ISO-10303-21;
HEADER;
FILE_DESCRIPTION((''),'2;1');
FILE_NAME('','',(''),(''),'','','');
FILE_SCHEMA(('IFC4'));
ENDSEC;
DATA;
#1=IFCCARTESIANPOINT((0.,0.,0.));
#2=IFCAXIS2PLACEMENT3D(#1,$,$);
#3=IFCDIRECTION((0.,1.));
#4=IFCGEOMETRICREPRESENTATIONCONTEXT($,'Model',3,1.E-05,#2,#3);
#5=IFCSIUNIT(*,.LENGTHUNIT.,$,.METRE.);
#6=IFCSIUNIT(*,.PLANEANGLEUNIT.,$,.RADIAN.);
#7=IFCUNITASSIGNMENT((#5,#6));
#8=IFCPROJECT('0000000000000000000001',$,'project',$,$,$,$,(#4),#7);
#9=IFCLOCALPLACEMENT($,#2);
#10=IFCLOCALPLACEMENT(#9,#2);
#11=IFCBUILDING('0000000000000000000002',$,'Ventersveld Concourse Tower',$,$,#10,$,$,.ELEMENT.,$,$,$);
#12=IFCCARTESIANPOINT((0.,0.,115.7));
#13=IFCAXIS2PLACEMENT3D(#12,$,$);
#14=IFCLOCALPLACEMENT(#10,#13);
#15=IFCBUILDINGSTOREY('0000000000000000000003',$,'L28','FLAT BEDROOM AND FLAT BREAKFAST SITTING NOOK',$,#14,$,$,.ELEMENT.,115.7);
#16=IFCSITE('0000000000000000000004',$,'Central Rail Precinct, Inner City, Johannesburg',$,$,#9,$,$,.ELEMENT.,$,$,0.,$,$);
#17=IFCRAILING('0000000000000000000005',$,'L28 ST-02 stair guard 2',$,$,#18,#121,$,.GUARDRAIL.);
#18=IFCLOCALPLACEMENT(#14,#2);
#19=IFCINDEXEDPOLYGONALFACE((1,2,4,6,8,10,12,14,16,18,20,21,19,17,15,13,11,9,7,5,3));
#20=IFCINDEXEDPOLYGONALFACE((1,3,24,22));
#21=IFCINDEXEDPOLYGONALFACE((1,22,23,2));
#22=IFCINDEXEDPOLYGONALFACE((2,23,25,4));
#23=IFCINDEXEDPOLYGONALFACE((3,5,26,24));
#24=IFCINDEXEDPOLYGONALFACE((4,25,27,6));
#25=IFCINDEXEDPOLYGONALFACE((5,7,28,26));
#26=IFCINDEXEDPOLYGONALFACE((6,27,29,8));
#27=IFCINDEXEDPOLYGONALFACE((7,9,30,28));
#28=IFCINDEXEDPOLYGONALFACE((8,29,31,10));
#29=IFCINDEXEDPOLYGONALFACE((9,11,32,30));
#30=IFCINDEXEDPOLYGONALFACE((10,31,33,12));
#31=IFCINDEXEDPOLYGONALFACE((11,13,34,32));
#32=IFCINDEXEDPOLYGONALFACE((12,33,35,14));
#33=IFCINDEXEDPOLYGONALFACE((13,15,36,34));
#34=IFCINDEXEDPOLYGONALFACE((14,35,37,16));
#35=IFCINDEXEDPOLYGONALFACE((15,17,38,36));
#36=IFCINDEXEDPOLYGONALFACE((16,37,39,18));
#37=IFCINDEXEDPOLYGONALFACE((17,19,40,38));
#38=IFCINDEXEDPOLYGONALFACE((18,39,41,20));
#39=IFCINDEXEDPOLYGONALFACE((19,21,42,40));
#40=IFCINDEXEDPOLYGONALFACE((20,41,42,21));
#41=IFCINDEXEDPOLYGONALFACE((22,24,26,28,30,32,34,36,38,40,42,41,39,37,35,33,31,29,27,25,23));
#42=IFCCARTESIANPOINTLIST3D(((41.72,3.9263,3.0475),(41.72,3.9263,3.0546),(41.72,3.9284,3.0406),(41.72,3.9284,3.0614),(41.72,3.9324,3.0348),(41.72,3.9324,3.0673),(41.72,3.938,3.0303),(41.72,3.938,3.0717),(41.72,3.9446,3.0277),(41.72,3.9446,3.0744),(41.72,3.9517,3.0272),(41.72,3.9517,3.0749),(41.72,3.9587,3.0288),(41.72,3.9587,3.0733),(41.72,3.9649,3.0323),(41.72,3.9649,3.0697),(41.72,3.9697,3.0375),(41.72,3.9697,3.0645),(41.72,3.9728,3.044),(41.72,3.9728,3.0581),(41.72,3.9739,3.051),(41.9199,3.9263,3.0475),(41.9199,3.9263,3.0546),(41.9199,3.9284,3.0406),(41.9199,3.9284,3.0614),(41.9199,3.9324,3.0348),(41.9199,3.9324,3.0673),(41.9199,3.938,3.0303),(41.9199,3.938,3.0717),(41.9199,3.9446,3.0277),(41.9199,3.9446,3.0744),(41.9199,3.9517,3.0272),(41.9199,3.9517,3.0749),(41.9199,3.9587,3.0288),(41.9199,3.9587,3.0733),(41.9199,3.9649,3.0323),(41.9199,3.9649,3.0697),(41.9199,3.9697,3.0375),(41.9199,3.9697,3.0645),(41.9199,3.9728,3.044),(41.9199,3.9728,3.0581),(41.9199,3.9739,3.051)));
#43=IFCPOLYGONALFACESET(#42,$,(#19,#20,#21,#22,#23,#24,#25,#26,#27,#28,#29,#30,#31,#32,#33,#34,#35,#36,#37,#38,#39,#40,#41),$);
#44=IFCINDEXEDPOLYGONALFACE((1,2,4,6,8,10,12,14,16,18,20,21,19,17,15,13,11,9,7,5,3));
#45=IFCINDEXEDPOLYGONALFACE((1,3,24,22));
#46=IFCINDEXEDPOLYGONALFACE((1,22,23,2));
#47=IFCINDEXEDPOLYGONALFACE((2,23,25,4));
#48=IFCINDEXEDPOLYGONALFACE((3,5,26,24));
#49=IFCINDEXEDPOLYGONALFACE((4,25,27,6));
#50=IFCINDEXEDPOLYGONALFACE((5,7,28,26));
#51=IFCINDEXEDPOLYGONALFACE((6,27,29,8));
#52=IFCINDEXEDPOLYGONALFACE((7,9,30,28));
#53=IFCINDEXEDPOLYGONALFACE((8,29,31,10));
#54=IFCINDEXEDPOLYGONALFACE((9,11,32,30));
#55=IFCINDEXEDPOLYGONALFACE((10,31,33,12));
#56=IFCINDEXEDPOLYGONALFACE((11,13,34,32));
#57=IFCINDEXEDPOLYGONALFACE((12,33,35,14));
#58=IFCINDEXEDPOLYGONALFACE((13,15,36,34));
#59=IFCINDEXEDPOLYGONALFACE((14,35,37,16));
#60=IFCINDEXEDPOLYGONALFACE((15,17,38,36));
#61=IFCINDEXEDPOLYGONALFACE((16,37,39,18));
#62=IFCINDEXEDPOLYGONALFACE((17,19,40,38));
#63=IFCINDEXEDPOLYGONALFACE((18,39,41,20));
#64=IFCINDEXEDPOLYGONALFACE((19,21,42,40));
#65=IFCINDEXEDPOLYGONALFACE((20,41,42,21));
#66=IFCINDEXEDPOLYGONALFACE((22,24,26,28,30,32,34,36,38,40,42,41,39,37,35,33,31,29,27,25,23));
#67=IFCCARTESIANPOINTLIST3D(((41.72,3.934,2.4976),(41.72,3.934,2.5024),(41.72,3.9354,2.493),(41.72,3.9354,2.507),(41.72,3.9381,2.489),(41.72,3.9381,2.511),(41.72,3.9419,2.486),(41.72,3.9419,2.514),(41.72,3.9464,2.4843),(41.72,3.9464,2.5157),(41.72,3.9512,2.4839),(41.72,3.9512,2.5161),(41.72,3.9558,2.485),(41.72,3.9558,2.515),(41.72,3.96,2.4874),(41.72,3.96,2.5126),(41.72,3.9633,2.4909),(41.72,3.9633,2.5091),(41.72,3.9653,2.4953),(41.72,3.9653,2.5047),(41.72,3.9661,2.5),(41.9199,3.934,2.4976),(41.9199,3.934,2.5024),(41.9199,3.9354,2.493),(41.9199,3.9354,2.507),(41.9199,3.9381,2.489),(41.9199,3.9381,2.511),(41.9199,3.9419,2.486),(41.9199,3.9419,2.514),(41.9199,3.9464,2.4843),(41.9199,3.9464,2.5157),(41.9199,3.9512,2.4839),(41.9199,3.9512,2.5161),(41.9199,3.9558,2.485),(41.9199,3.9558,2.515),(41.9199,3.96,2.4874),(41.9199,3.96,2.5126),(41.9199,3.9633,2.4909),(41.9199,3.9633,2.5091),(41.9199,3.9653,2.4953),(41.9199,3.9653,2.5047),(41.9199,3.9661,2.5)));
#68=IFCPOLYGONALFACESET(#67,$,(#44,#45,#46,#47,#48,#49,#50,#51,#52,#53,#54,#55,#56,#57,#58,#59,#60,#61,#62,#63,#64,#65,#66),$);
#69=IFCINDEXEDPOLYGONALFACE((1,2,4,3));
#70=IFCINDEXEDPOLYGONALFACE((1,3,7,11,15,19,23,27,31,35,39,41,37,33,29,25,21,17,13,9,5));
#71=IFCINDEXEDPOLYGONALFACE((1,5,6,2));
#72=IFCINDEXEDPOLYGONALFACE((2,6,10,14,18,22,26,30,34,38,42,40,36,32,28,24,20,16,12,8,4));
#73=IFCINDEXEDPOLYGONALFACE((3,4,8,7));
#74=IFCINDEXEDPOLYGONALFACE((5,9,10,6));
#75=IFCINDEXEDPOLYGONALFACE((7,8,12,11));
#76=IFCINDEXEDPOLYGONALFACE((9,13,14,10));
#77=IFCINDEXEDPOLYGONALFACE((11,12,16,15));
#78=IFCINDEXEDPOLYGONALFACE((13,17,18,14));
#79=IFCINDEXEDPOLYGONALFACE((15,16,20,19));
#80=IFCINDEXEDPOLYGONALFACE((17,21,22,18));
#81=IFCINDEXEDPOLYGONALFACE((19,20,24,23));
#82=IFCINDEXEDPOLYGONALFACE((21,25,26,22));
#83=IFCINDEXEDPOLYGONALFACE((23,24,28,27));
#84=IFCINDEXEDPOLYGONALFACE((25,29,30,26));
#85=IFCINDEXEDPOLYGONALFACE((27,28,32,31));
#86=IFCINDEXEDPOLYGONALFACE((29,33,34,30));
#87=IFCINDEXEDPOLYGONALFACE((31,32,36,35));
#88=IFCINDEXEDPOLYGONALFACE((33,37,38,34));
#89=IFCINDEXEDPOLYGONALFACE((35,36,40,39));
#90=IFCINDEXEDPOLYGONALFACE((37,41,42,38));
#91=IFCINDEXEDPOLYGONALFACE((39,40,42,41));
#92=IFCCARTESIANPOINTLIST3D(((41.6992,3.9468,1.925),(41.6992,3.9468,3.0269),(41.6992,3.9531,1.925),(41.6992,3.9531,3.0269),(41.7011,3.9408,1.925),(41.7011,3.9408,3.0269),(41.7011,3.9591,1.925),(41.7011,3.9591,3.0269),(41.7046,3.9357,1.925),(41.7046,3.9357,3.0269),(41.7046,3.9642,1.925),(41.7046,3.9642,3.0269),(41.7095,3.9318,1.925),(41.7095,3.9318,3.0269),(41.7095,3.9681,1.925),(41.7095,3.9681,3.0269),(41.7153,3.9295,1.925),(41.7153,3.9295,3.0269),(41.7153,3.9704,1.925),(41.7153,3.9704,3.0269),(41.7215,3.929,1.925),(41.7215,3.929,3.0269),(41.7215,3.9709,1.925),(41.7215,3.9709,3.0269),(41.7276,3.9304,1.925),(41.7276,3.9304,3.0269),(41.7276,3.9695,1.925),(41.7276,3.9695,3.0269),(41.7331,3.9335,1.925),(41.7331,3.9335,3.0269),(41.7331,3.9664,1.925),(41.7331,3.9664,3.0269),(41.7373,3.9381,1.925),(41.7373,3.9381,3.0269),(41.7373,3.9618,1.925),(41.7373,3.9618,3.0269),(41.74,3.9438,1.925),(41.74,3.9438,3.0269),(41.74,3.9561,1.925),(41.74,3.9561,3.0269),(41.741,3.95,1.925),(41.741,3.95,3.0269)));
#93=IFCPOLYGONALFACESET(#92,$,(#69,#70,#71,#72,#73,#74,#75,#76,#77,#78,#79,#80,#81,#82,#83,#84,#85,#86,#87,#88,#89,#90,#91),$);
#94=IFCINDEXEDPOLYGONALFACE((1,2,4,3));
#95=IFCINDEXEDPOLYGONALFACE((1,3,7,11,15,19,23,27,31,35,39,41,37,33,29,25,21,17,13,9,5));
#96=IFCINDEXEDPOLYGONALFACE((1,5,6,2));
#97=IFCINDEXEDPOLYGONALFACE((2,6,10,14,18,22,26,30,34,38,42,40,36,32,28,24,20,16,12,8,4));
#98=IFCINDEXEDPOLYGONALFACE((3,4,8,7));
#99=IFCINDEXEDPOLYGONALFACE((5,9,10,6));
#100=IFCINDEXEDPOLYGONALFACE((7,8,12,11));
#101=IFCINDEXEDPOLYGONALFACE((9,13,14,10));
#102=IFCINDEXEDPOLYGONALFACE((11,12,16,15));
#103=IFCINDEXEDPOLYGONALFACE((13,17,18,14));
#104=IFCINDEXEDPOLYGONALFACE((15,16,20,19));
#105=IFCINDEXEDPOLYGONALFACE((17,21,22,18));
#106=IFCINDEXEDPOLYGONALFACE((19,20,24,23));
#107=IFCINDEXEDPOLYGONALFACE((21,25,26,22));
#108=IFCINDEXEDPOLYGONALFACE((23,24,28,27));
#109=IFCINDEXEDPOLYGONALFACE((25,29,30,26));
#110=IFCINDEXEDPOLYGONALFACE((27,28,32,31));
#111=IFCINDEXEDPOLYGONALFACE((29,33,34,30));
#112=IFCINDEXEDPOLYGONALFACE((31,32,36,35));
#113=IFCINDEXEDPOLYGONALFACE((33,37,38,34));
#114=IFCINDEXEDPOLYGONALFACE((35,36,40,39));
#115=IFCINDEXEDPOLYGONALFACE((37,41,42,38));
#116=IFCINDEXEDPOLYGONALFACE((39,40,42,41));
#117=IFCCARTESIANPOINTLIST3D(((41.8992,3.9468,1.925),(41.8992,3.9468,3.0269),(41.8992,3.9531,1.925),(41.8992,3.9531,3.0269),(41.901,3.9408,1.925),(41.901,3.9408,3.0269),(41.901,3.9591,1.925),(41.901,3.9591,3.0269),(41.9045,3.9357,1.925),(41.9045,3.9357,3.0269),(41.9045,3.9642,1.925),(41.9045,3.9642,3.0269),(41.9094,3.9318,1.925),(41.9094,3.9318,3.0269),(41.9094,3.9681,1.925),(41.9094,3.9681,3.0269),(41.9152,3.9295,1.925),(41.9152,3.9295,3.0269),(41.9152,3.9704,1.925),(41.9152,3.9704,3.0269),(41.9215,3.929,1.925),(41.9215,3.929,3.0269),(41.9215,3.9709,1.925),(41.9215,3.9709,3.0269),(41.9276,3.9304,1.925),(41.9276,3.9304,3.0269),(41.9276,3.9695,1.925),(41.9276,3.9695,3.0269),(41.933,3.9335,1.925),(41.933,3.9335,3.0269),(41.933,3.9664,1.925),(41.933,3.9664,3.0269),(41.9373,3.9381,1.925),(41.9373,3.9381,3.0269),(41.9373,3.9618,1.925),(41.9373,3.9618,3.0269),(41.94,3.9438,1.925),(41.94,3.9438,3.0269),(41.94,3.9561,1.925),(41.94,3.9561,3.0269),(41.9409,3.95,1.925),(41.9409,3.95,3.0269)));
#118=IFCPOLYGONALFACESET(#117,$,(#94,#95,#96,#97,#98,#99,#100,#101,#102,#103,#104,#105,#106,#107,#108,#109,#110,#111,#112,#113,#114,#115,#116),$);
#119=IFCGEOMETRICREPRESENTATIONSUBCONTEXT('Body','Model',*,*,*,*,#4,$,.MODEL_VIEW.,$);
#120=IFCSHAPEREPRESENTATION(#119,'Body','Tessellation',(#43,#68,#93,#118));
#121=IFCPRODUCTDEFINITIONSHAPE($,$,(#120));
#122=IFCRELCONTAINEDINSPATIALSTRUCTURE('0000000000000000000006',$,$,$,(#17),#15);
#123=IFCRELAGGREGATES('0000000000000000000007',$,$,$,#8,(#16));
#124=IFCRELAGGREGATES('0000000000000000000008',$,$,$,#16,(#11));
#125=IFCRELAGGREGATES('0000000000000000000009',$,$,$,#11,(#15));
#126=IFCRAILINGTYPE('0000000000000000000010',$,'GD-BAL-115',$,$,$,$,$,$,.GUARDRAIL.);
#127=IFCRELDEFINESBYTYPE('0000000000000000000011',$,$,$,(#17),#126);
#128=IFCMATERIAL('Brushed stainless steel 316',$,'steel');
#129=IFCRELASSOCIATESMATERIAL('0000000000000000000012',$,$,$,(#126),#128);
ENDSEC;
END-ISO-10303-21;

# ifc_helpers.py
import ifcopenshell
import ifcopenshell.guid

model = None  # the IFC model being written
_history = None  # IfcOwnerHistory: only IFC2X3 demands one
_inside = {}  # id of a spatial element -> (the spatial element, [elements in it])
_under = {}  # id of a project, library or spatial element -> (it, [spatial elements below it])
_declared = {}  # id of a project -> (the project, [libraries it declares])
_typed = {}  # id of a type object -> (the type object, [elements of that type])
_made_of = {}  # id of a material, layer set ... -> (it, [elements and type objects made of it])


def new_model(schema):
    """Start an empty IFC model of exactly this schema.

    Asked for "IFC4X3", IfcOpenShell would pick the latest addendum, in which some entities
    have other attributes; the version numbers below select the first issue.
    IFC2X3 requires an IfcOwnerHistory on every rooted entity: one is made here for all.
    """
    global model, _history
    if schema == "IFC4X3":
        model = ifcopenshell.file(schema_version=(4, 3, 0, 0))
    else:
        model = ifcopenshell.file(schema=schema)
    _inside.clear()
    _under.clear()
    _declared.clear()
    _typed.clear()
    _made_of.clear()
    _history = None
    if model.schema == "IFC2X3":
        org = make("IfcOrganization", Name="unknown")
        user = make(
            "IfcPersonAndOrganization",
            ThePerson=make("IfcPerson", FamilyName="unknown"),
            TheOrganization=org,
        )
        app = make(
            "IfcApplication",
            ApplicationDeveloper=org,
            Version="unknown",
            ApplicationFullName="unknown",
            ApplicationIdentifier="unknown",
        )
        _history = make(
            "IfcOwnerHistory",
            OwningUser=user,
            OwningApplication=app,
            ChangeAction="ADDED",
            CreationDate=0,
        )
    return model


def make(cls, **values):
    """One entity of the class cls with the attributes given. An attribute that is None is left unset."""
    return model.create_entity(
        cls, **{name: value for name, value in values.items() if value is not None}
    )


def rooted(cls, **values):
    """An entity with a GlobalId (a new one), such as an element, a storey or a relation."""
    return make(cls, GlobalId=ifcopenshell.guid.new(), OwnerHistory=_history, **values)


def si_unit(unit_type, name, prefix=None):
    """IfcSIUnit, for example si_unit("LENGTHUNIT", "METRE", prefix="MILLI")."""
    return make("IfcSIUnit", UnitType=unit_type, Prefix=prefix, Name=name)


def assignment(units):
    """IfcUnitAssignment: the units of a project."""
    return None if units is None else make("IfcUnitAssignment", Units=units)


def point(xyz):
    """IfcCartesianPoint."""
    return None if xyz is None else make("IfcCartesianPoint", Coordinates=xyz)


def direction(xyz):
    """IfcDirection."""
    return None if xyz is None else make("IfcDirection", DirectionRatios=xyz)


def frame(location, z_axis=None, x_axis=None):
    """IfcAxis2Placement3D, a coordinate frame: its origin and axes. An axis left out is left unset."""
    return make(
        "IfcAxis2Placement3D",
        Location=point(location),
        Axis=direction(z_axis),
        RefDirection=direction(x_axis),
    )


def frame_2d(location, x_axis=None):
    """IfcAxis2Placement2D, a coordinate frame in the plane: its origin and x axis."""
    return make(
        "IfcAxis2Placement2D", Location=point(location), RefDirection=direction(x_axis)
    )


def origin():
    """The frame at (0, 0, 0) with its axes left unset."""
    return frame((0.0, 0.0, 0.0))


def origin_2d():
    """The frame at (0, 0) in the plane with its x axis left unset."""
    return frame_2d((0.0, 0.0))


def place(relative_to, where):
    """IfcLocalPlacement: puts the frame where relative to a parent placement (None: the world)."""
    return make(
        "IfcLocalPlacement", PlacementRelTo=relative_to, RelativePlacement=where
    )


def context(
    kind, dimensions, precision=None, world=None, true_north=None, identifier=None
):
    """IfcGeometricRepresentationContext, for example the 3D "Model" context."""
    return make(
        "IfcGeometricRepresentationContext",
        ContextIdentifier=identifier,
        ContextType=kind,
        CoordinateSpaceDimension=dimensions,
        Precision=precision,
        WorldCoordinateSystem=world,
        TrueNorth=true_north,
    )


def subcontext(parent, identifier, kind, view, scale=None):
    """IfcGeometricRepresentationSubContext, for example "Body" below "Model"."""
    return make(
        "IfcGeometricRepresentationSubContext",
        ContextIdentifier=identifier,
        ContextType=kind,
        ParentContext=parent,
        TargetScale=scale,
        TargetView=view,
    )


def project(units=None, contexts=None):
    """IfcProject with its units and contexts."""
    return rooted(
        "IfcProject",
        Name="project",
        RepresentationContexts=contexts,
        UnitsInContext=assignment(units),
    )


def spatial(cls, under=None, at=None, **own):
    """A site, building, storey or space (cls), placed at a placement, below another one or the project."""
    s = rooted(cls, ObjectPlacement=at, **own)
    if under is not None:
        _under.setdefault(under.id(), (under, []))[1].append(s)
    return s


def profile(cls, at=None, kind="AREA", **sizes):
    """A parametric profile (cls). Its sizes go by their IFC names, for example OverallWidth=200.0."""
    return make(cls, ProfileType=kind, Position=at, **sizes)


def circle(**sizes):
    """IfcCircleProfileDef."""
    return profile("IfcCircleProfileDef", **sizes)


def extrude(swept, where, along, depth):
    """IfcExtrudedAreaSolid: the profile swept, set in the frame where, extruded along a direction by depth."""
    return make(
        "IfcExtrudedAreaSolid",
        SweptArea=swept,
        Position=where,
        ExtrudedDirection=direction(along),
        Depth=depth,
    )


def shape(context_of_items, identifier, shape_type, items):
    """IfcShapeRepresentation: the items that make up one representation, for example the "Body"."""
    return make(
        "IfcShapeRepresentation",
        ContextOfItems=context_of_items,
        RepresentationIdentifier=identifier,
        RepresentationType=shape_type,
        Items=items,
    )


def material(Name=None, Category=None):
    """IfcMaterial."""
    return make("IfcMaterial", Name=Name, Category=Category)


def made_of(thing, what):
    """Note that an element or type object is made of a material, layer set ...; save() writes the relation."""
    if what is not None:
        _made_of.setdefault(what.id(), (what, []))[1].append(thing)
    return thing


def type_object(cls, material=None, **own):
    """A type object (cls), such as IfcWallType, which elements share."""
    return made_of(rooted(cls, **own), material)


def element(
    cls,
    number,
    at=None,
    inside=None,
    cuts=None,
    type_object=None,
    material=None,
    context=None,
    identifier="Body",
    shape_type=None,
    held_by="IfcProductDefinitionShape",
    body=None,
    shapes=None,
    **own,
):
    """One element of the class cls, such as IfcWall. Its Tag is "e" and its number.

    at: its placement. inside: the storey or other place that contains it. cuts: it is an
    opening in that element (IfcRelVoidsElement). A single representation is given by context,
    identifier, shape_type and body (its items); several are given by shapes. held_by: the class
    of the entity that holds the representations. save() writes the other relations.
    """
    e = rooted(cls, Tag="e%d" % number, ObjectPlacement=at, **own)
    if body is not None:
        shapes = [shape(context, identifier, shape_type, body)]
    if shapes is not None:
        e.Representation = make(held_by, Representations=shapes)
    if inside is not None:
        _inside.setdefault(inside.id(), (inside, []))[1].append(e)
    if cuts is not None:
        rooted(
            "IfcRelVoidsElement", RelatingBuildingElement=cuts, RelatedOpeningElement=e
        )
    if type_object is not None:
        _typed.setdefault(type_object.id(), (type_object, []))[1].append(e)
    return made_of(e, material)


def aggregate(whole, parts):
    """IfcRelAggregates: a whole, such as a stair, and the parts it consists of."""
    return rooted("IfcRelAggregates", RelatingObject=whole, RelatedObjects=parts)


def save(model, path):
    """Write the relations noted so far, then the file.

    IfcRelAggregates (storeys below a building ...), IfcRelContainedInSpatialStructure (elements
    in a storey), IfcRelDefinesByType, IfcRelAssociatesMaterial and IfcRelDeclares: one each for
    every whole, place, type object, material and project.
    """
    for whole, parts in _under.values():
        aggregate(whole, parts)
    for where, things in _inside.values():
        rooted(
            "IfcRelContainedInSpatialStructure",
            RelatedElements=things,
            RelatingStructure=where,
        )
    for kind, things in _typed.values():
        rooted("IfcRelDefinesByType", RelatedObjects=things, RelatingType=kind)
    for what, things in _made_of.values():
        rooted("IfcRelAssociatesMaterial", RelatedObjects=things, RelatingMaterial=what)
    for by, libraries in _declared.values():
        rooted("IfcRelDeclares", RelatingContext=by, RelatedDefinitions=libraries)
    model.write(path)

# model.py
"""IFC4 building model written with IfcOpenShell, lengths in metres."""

from ifc_helpers import new_model, si_unit, direction, frame, origin, origin_2d, place, context, subcontext, project, spatial, circle, extrude, material, type_object, element, save


model = new_model("IFC4")

# Units and contexts
model_context = context("Model", 3, precision=1e-05, world=origin(), true_north=direction((0.0, 1.0)))
body_context = subcontext(model_context, "Body", "Model", "MODEL_VIEW")
ifc_project = project(units=[si_unit("LENGTHUNIT", "METRE"), si_unit("PLANEANGLEUNIT", "RADIAN")], contexts=[model_context])

# Site, building, storey
site_placement = place(None, origin())
site = spatial("IfcSite", under=ifc_project, at=site_placement, Name="Central Rail Precinct, Inner City, Johannesburg", CompositionType="ELEMENT", RefElevation=0.0)
building_placement = place(site_placement, origin())
building = spatial("IfcBuilding", under=site, at=building_placement, Name="Ventersveld Concourse Tower", CompositionType="ELEMENT")
storey_placement = place(building_placement, frame((0.0, 0.0, 115.7)))
storey = spatial("IfcBuildingStorey", under=building, at=storey_placement, Name="L28", Description="FLAT BEDROOM AND FLAT BREAKFAST SITTING NOOK", CompositionType="ELEMENT", Elevation=115.7)

# Shared definitions
ifc_material_1 = material(Name="Brushed stainless steel 316", Category="steel")

# Railing
railing_type_1 = type_object("IfcRailingType", Name="GD-BAL-115", PredefinedType="GUARDRAIL", material=ifc_material_1)
railing_1_placement = place(storey_placement, frame((41.72, 3.95, 1.925)))
element("IfcRailing", 1, at=railing_1_placement, inside=storey, type_object=railing_type_1, Name="L28 ST-02 stair guard 2", PredefinedType="GUARDRAIL", context=body_context, shape_type="SweptSolid", body=[
    extrude(circle(Radius=0.0239, at=origin_2d()), frame((0.0, 0.0, 1.126), z_axis=(1.0, 0.0, 0.0), x_axis=(0.0, 1.0, 0.0)), (0.0, 0.0, 1.0), 0.2),
    extrude(circle(Radius=0.0161, at=origin_2d()), frame((0.0, 0.0, 0.575), z_axis=(1.0, 0.0, 0.0), x_axis=(0.0, 1.0, 0.0)), (0.0, 0.0, 1.0), 0.2),
    extrude(circle(Radius=0.021, at=origin_2d()), origin(), (0.0, 0.0, 1.0), 1.1018),
    extrude(circle(Radius=0.021, at=origin_2d()), frame((0.2, 0.0, 0.0)), (0.0, 0.0, 1.0), 1.1018),
])

save(model, "model.ifc")
